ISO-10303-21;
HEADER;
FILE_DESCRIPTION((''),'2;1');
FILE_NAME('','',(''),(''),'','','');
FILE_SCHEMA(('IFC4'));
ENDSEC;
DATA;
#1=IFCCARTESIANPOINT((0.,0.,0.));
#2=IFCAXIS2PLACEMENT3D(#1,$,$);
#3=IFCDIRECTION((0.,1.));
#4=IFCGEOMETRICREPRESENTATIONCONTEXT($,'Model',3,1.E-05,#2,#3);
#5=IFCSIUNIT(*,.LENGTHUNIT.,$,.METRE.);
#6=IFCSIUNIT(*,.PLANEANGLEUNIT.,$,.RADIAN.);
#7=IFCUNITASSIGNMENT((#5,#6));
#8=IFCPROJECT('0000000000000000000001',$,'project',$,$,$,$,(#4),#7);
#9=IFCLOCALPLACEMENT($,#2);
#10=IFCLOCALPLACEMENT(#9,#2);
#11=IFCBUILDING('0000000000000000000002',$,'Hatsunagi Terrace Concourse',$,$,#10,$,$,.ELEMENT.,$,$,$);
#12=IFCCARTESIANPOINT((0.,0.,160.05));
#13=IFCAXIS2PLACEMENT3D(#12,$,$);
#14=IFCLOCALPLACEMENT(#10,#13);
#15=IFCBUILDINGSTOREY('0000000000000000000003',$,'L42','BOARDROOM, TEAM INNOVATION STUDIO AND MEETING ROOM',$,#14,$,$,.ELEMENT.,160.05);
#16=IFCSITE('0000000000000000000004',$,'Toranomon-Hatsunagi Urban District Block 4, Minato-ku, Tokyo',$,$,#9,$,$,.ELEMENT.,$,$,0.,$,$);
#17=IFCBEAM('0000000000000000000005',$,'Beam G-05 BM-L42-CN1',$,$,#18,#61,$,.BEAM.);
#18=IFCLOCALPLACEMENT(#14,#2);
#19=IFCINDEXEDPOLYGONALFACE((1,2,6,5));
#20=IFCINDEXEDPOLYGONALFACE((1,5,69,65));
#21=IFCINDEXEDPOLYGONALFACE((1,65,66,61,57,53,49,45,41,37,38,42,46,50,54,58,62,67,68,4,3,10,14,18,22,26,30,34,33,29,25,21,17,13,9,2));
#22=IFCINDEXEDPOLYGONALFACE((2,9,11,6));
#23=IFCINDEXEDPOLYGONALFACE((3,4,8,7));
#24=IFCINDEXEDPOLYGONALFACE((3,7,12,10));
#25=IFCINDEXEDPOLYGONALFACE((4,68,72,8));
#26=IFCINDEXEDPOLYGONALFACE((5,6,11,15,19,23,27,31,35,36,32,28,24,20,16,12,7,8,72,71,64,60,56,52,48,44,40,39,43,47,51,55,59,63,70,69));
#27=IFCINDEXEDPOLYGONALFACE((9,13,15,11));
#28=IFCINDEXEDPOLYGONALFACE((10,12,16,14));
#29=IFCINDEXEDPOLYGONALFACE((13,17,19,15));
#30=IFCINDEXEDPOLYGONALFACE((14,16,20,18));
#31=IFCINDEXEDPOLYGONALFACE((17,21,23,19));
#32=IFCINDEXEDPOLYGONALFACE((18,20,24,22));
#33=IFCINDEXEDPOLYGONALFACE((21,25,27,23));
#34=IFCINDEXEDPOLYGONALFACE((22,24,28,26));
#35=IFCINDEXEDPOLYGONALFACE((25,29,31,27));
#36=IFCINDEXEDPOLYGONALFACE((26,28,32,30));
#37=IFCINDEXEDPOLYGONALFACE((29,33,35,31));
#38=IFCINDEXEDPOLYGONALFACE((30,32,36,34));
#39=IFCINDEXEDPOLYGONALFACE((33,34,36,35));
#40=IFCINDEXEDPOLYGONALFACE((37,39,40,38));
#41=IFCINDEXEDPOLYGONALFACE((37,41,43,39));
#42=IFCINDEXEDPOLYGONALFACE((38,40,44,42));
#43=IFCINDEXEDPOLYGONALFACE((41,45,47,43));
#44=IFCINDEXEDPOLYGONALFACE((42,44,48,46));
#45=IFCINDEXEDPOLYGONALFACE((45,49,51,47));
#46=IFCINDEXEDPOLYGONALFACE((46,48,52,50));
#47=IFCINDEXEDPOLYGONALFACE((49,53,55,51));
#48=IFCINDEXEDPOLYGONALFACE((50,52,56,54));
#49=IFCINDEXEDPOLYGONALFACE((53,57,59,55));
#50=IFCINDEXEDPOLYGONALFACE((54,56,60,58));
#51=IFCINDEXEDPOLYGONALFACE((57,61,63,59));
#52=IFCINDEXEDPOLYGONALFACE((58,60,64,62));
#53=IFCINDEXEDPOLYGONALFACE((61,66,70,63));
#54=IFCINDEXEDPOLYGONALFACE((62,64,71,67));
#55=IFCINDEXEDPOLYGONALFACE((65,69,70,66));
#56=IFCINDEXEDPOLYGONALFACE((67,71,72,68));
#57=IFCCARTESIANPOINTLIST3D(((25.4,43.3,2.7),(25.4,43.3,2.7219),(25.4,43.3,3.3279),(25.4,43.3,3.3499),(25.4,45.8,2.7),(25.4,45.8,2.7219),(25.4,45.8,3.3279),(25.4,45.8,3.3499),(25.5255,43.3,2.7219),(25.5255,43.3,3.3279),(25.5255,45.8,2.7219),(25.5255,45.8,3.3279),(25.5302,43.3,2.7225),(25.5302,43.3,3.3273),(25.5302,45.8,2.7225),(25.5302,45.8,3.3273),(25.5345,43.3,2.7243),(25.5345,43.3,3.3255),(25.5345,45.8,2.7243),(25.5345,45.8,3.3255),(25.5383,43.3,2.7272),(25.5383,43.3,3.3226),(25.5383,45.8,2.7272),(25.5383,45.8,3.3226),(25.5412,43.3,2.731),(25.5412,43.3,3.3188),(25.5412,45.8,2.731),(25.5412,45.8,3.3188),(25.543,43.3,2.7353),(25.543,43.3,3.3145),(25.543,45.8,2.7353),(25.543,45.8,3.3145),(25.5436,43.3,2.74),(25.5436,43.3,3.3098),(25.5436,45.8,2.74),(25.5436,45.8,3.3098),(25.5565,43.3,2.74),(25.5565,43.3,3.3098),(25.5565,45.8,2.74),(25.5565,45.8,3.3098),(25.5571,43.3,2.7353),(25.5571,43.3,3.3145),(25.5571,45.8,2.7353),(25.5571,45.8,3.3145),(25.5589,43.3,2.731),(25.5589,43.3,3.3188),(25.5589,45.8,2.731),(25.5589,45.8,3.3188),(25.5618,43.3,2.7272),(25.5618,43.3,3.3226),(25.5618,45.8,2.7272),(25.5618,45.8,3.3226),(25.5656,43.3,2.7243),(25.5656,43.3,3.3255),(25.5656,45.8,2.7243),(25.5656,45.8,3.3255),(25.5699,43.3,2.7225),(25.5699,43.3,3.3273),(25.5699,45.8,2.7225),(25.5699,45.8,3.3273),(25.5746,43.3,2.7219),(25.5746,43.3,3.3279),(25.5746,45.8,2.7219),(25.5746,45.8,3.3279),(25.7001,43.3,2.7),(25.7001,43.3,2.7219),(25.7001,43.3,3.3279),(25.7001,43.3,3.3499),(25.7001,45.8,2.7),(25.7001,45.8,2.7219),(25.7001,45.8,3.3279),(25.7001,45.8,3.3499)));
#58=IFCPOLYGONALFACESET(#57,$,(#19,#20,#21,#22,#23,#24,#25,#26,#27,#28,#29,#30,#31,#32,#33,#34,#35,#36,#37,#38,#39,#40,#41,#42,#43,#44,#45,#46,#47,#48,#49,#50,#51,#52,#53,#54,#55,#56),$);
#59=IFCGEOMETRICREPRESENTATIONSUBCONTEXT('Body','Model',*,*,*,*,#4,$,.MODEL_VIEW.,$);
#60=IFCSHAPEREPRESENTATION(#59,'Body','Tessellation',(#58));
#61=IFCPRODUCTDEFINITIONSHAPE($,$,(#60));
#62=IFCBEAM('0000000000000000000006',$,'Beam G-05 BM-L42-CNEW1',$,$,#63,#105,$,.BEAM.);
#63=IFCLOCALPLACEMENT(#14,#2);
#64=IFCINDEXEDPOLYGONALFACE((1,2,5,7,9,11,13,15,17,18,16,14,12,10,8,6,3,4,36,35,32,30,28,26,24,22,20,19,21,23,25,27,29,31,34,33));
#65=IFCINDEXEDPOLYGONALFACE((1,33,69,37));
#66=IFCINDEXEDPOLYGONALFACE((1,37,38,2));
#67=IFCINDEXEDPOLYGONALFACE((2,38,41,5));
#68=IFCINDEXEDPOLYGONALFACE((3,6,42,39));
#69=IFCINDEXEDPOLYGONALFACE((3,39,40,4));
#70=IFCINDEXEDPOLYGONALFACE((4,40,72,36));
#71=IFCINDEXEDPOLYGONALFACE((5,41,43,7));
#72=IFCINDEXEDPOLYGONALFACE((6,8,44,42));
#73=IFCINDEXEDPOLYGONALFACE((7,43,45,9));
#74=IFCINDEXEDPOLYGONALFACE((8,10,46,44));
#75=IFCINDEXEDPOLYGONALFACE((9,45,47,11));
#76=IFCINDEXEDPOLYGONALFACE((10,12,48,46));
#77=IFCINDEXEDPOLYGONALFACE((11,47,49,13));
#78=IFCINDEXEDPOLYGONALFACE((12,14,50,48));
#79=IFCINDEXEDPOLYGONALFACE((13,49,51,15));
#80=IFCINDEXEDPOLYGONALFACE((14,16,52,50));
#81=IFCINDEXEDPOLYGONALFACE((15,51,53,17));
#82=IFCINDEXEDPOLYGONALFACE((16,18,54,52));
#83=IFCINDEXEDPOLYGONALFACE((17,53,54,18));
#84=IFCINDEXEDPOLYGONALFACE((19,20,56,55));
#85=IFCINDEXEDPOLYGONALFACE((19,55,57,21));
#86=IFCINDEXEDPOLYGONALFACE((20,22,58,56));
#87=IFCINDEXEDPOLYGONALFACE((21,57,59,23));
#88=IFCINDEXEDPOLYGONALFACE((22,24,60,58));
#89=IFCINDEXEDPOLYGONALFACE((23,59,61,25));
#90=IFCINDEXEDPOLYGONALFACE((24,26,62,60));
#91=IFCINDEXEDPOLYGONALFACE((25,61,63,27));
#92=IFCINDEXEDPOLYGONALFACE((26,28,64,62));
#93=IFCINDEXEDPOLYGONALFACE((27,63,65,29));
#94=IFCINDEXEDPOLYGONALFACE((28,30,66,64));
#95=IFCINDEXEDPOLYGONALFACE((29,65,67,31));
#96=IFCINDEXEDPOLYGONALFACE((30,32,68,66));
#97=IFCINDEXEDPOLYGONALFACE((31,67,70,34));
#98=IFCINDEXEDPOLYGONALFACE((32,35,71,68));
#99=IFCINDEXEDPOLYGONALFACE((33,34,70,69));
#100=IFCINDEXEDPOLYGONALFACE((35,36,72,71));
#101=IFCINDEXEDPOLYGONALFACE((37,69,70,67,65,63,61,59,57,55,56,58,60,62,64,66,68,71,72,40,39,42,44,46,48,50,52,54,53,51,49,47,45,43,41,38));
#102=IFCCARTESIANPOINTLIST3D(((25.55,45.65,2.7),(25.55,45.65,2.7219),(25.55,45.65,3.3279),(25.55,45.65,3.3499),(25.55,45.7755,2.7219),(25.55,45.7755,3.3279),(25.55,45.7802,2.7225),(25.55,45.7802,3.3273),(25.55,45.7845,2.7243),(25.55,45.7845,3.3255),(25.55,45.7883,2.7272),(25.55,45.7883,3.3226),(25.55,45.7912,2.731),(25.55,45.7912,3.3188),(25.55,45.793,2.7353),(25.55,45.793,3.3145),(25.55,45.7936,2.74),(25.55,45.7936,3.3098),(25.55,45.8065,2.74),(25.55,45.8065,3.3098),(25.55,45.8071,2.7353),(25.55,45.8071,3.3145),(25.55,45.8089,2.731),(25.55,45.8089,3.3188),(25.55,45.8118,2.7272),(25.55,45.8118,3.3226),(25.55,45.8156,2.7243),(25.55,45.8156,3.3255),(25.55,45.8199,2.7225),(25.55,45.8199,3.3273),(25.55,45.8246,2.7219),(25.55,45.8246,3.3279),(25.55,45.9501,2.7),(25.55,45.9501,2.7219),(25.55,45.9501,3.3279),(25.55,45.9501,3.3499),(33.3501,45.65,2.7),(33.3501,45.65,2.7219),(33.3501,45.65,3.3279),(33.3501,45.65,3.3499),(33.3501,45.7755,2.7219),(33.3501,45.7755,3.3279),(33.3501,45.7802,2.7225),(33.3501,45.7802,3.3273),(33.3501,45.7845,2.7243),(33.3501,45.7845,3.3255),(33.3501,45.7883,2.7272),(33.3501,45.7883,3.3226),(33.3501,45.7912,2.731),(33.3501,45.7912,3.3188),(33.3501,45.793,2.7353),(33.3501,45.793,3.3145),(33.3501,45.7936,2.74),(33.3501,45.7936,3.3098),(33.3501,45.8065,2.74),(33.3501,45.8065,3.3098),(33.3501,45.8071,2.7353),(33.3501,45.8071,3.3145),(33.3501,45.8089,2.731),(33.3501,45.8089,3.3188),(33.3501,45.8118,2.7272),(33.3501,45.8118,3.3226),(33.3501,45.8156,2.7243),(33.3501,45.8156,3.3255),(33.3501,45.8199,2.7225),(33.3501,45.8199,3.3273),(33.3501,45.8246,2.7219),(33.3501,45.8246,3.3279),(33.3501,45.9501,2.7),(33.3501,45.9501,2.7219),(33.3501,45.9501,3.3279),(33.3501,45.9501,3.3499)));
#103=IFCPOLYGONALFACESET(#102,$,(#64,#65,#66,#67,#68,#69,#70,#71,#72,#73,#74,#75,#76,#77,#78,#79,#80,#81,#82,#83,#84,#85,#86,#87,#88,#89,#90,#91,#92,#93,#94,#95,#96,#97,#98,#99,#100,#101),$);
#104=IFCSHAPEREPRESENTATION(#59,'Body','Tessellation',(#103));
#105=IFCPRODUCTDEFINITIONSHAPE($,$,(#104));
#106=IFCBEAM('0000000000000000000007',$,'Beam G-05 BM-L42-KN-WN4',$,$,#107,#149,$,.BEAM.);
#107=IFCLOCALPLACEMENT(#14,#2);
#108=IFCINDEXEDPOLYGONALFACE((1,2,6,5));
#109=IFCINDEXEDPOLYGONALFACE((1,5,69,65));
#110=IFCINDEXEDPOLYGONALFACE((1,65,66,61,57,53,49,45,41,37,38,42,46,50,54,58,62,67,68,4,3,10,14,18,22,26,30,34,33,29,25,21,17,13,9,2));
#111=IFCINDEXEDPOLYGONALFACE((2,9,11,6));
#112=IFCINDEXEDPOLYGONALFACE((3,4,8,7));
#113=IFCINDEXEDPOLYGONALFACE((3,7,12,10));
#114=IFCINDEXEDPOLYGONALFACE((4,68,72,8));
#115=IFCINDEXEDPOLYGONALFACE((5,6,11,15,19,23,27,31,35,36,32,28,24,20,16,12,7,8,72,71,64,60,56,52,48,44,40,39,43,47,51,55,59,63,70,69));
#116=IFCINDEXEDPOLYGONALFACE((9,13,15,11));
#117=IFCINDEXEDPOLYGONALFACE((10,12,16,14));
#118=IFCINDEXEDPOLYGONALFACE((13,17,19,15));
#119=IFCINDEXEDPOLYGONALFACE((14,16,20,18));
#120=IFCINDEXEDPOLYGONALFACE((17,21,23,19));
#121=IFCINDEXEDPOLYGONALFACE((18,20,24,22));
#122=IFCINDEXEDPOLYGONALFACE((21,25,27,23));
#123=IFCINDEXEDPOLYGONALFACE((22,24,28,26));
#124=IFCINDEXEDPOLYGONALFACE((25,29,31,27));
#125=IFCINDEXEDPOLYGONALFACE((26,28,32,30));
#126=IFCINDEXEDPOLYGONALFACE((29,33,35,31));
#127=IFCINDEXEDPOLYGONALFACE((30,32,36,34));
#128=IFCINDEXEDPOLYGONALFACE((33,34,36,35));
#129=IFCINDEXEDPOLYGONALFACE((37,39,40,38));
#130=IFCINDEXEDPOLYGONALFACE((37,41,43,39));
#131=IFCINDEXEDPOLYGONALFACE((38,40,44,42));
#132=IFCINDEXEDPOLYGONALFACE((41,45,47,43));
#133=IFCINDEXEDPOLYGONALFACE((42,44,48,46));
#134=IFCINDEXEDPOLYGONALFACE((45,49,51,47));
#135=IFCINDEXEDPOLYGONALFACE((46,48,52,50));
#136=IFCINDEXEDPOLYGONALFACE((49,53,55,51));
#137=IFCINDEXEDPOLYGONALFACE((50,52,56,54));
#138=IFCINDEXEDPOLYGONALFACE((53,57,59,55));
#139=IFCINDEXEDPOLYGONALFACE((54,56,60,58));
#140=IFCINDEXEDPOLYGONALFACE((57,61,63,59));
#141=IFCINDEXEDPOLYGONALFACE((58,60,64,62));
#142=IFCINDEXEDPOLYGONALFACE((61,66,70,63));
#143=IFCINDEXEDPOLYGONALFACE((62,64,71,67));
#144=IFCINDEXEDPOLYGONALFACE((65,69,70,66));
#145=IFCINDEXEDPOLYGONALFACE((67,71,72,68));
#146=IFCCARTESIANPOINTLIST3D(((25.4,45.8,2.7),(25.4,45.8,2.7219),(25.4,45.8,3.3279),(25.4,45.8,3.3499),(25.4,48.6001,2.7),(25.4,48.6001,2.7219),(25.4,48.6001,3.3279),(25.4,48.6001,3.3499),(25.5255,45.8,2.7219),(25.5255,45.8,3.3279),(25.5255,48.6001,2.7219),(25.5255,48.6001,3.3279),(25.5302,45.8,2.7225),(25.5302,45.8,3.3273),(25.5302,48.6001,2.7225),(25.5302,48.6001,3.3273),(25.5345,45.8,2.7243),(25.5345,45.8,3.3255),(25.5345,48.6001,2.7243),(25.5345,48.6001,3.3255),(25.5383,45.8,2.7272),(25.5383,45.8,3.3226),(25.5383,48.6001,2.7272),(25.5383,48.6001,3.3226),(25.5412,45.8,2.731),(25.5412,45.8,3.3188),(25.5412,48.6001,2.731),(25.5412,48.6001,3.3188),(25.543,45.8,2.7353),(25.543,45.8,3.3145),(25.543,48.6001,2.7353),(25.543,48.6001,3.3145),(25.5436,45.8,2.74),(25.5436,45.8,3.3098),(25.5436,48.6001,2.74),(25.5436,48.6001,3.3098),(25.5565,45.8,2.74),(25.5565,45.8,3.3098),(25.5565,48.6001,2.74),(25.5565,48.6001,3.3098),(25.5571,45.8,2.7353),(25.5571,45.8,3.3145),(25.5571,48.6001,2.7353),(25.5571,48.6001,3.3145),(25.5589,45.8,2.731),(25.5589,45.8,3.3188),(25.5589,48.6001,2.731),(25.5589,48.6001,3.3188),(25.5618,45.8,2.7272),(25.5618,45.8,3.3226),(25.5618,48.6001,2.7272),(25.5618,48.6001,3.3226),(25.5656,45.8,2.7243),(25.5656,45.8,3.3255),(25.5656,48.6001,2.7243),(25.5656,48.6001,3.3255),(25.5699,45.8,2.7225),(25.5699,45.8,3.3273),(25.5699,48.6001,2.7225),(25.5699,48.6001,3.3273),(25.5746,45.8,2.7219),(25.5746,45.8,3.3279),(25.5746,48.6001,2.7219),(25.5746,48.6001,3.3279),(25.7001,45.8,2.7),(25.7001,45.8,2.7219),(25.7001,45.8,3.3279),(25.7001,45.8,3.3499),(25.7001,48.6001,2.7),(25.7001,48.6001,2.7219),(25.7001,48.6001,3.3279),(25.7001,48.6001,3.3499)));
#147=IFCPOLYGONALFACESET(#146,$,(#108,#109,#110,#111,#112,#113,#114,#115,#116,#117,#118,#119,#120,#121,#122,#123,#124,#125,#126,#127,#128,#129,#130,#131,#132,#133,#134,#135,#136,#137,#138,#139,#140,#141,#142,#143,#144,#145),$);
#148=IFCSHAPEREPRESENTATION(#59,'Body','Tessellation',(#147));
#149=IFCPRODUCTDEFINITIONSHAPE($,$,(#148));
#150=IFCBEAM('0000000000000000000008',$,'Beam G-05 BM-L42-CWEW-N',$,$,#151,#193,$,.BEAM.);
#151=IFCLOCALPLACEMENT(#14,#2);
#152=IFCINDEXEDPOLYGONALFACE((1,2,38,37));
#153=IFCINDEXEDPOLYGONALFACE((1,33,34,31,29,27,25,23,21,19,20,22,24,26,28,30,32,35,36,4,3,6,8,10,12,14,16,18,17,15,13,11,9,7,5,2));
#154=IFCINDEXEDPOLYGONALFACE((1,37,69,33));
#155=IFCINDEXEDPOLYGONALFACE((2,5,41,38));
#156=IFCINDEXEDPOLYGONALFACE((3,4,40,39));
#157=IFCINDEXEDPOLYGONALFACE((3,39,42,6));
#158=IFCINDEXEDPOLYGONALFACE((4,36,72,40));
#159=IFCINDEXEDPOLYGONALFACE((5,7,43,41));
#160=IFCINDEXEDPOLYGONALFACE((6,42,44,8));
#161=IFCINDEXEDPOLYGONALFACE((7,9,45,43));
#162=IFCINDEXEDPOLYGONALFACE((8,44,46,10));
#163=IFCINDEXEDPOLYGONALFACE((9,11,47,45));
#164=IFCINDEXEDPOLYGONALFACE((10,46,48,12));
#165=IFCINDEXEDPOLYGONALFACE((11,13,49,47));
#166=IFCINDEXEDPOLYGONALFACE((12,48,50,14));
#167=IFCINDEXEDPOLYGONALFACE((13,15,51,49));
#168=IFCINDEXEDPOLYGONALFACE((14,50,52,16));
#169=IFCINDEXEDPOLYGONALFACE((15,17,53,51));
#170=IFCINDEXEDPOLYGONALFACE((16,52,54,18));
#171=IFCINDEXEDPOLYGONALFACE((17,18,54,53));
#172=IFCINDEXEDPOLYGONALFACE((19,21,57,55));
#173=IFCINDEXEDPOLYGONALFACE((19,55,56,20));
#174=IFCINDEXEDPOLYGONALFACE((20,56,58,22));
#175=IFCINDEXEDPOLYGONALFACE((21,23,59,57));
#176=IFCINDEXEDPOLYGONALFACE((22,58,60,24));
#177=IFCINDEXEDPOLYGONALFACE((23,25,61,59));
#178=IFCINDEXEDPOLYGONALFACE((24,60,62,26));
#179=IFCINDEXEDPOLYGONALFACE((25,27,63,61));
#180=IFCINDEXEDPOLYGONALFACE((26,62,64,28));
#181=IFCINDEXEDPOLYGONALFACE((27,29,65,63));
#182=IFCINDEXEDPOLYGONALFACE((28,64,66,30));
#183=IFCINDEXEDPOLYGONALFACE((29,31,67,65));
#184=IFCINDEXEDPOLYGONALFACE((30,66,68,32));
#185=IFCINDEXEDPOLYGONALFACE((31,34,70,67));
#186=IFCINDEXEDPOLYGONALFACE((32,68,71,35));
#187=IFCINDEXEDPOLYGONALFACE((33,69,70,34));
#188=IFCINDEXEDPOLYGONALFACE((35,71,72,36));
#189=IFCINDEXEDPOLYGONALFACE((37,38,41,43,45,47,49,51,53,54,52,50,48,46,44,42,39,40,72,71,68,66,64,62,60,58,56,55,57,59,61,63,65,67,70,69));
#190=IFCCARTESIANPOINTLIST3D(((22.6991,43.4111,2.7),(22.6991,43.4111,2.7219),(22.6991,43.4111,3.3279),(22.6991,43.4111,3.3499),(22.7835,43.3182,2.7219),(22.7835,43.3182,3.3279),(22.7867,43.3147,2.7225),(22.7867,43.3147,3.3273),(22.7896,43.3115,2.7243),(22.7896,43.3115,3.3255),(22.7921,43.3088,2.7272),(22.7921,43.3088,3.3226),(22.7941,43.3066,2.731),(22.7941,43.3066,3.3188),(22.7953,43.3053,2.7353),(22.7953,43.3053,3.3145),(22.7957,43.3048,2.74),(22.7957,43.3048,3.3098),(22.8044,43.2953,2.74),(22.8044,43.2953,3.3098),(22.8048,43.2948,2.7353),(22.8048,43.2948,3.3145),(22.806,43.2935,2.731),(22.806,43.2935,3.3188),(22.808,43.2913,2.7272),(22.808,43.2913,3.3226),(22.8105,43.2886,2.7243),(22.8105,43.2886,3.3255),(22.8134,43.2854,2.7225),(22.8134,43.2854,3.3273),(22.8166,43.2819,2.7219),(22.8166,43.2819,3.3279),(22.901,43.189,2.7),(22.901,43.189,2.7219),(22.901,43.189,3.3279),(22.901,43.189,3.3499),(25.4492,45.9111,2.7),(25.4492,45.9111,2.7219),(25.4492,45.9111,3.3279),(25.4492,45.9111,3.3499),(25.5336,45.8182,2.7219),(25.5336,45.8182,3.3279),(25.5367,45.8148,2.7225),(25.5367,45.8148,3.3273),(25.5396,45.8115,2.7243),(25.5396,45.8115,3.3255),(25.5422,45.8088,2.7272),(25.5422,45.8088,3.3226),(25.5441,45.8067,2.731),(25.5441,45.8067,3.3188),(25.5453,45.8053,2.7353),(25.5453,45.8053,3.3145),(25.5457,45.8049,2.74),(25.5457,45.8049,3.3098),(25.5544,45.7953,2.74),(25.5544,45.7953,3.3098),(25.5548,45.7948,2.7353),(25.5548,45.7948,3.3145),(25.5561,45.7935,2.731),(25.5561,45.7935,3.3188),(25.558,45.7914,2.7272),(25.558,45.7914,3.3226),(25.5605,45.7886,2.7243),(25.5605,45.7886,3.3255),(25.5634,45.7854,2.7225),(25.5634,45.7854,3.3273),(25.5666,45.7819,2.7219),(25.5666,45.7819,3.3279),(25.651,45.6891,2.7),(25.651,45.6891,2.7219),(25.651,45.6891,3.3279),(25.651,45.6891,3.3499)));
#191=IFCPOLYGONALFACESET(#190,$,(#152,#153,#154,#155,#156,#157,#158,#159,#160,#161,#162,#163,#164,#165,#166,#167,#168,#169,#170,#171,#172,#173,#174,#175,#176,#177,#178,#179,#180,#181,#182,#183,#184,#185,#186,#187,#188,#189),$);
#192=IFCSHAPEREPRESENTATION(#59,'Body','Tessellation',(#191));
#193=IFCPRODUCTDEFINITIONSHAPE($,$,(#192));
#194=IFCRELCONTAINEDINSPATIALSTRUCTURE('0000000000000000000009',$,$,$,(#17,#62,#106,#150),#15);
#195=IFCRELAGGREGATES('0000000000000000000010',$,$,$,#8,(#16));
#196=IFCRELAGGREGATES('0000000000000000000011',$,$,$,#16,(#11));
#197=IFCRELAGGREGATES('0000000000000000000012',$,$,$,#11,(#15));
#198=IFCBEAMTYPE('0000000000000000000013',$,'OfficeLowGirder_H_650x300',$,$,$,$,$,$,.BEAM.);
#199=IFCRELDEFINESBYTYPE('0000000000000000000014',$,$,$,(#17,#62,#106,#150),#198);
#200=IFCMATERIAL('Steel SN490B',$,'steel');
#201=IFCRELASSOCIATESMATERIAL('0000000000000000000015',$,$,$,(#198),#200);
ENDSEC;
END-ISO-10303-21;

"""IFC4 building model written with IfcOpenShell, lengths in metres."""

from ifc_helpers import new_model, si_unit, direction, frame, origin, origin_2d, place, context, subcontext, project, spatial, i_section, extrude, material, material_profile, profile_set, type_object, element, save


model = new_model("IFC4")

# Units and contexts
model_context = context("Model", 3, precision=1e-05, world=origin(), true_north=direction((0.0, 1.0)))
body_context = subcontext(model_context, "Body", "Model", "MODEL_VIEW")
ifc_project = project(units=[si_unit("LENGTHUNIT", "METRE"), si_unit("PLANEANGLEUNIT", "RADIAN")], contexts=[model_context])

# Site, building, storey
site_placement = place(None, origin())
site = spatial("IfcSite", under=ifc_project, at=site_placement, Name="Toranomon-Hatsunagi Urban District Block 4, Minato-ku, Tokyo", CompositionType="ELEMENT", RefElevation=0.0)
building_placement = place(site_placement, origin())
building = spatial("IfcBuilding", under=site, at=building_placement, Name="Hatsunagi Terrace Concourse", CompositionType="ELEMENT")
storey_placement = place(building_placement, frame((0.0, 0.0, 160.05)))
storey = spatial("IfcBuildingStorey", under=building, at=storey_placement, Name="L42", Description="BOARDROOM, TEAM INNOVATION STUDIO AND MEETING ROOM", CompositionType="ELEMENT", Elevation=160.05)

# Beams
ifc_material_1 = material(Name="Steel SN490B", Category="steel")
ifc_material_profile_1 = material_profile(ifc_material_1, i_section(OverallWidth=0.3, OverallDepth=0.6499, WebThickness=0.0129, FlangeThickness=0.022, FilletRadius=0.0181, at=origin_2d()), Name="H-650x300x13x22")
ifc_profile_set_1 = profile_set([ifc_material_profile_1], Name="Steel SN490B")
beam_type_1 = type_object("IfcBeamType", Name="OfficeLowGirder_H_650x300", PredefinedType="BEAM", material=ifc_profile_set_1)
beam_1_placement = place(storey_placement, frame((25.55, 43.3, 3.0249), z_axis=(0.0, 1.0, 0.0), x_axis=(-1.0, 0.0, 0.0)))
element("IfcBeam", 1, at=beam_1_placement, inside=storey, type_object=beam_type_1, Name="Beam G-05 BM-L42-CN1", PredefinedType="BEAM", context=body_context, shape_type="SweptSolid", body=[
    extrude(i_section(OverallWidth=0.3, OverallDepth=0.6499, WebThickness=0.0129, FlangeThickness=0.022, FilletRadius=0.0181, at=origin_2d()), origin(), (0.0, 0.0, 1.0), 2.5),
])
beam_2_placement = place(storey_placement, frame((25.55, 45.8, 3.0249), z_axis=(1.0, 0.0, 0.0), x_axis=(0.0, 1.0, 0.0)))
element("IfcBeam", 2, at=beam_2_placement, inside=storey, type_object=beam_type_1, Name="Beam G-05 BM-L42-CNEW1", PredefinedType="BEAM", context=body_context, shape_type="SweptSolid", body=[
    extrude(i_section(OverallWidth=0.3, OverallDepth=0.6499, WebThickness=0.0129, FlangeThickness=0.022, FilletRadius=0.0181, at=origin_2d()), origin(), (0.0, 0.0, 1.0), 7.8),
])
beam_3_placement = place(storey_placement, frame((25.55, 45.8, 3.0249), z_axis=(0.0, 1.0, 0.0), x_axis=(-1.0, 0.0, 0.0)))
element("IfcBeam", 3, at=beam_3_placement, inside=storey, type_object=beam_type_1, Name="Beam G-05 BM-L42-KN-WN4", PredefinedType="BEAM", context=body_context, shape_type="SweptSolid", body=[
    extrude(i_section(OverallWidth=0.3, OverallDepth=0.6499, WebThickness=0.0129, FlangeThickness=0.022, FilletRadius=0.0181, at=origin_2d()), origin(), (0.0, 0.0, 1.0), 2.8),
])
beam_4_placement = place(storey_placement, frame((22.8, 43.3, 3.0249), z_axis=(0.73994, 0.672673, 0.0), x_axis=(-0.672673, 0.73994, 0.0)))
element("IfcBeam", 4, at=beam_4_placement, inside=storey, type_object=beam_type_1, Name="Beam G-05 BM-L42-CWEW-N", PredefinedType="BEAM", context=body_context, shape_type="SweptSolid", body=[
    extrude(i_section(OverallWidth=0.3, OverallDepth=0.6499, WebThickness=0.0129, FlangeThickness=0.022, FilletRadius=0.0181, at=origin_2d()), origin(), (0.0, 0.0, 1.0), 3.7166),
])

save(model, "model.ifc")
